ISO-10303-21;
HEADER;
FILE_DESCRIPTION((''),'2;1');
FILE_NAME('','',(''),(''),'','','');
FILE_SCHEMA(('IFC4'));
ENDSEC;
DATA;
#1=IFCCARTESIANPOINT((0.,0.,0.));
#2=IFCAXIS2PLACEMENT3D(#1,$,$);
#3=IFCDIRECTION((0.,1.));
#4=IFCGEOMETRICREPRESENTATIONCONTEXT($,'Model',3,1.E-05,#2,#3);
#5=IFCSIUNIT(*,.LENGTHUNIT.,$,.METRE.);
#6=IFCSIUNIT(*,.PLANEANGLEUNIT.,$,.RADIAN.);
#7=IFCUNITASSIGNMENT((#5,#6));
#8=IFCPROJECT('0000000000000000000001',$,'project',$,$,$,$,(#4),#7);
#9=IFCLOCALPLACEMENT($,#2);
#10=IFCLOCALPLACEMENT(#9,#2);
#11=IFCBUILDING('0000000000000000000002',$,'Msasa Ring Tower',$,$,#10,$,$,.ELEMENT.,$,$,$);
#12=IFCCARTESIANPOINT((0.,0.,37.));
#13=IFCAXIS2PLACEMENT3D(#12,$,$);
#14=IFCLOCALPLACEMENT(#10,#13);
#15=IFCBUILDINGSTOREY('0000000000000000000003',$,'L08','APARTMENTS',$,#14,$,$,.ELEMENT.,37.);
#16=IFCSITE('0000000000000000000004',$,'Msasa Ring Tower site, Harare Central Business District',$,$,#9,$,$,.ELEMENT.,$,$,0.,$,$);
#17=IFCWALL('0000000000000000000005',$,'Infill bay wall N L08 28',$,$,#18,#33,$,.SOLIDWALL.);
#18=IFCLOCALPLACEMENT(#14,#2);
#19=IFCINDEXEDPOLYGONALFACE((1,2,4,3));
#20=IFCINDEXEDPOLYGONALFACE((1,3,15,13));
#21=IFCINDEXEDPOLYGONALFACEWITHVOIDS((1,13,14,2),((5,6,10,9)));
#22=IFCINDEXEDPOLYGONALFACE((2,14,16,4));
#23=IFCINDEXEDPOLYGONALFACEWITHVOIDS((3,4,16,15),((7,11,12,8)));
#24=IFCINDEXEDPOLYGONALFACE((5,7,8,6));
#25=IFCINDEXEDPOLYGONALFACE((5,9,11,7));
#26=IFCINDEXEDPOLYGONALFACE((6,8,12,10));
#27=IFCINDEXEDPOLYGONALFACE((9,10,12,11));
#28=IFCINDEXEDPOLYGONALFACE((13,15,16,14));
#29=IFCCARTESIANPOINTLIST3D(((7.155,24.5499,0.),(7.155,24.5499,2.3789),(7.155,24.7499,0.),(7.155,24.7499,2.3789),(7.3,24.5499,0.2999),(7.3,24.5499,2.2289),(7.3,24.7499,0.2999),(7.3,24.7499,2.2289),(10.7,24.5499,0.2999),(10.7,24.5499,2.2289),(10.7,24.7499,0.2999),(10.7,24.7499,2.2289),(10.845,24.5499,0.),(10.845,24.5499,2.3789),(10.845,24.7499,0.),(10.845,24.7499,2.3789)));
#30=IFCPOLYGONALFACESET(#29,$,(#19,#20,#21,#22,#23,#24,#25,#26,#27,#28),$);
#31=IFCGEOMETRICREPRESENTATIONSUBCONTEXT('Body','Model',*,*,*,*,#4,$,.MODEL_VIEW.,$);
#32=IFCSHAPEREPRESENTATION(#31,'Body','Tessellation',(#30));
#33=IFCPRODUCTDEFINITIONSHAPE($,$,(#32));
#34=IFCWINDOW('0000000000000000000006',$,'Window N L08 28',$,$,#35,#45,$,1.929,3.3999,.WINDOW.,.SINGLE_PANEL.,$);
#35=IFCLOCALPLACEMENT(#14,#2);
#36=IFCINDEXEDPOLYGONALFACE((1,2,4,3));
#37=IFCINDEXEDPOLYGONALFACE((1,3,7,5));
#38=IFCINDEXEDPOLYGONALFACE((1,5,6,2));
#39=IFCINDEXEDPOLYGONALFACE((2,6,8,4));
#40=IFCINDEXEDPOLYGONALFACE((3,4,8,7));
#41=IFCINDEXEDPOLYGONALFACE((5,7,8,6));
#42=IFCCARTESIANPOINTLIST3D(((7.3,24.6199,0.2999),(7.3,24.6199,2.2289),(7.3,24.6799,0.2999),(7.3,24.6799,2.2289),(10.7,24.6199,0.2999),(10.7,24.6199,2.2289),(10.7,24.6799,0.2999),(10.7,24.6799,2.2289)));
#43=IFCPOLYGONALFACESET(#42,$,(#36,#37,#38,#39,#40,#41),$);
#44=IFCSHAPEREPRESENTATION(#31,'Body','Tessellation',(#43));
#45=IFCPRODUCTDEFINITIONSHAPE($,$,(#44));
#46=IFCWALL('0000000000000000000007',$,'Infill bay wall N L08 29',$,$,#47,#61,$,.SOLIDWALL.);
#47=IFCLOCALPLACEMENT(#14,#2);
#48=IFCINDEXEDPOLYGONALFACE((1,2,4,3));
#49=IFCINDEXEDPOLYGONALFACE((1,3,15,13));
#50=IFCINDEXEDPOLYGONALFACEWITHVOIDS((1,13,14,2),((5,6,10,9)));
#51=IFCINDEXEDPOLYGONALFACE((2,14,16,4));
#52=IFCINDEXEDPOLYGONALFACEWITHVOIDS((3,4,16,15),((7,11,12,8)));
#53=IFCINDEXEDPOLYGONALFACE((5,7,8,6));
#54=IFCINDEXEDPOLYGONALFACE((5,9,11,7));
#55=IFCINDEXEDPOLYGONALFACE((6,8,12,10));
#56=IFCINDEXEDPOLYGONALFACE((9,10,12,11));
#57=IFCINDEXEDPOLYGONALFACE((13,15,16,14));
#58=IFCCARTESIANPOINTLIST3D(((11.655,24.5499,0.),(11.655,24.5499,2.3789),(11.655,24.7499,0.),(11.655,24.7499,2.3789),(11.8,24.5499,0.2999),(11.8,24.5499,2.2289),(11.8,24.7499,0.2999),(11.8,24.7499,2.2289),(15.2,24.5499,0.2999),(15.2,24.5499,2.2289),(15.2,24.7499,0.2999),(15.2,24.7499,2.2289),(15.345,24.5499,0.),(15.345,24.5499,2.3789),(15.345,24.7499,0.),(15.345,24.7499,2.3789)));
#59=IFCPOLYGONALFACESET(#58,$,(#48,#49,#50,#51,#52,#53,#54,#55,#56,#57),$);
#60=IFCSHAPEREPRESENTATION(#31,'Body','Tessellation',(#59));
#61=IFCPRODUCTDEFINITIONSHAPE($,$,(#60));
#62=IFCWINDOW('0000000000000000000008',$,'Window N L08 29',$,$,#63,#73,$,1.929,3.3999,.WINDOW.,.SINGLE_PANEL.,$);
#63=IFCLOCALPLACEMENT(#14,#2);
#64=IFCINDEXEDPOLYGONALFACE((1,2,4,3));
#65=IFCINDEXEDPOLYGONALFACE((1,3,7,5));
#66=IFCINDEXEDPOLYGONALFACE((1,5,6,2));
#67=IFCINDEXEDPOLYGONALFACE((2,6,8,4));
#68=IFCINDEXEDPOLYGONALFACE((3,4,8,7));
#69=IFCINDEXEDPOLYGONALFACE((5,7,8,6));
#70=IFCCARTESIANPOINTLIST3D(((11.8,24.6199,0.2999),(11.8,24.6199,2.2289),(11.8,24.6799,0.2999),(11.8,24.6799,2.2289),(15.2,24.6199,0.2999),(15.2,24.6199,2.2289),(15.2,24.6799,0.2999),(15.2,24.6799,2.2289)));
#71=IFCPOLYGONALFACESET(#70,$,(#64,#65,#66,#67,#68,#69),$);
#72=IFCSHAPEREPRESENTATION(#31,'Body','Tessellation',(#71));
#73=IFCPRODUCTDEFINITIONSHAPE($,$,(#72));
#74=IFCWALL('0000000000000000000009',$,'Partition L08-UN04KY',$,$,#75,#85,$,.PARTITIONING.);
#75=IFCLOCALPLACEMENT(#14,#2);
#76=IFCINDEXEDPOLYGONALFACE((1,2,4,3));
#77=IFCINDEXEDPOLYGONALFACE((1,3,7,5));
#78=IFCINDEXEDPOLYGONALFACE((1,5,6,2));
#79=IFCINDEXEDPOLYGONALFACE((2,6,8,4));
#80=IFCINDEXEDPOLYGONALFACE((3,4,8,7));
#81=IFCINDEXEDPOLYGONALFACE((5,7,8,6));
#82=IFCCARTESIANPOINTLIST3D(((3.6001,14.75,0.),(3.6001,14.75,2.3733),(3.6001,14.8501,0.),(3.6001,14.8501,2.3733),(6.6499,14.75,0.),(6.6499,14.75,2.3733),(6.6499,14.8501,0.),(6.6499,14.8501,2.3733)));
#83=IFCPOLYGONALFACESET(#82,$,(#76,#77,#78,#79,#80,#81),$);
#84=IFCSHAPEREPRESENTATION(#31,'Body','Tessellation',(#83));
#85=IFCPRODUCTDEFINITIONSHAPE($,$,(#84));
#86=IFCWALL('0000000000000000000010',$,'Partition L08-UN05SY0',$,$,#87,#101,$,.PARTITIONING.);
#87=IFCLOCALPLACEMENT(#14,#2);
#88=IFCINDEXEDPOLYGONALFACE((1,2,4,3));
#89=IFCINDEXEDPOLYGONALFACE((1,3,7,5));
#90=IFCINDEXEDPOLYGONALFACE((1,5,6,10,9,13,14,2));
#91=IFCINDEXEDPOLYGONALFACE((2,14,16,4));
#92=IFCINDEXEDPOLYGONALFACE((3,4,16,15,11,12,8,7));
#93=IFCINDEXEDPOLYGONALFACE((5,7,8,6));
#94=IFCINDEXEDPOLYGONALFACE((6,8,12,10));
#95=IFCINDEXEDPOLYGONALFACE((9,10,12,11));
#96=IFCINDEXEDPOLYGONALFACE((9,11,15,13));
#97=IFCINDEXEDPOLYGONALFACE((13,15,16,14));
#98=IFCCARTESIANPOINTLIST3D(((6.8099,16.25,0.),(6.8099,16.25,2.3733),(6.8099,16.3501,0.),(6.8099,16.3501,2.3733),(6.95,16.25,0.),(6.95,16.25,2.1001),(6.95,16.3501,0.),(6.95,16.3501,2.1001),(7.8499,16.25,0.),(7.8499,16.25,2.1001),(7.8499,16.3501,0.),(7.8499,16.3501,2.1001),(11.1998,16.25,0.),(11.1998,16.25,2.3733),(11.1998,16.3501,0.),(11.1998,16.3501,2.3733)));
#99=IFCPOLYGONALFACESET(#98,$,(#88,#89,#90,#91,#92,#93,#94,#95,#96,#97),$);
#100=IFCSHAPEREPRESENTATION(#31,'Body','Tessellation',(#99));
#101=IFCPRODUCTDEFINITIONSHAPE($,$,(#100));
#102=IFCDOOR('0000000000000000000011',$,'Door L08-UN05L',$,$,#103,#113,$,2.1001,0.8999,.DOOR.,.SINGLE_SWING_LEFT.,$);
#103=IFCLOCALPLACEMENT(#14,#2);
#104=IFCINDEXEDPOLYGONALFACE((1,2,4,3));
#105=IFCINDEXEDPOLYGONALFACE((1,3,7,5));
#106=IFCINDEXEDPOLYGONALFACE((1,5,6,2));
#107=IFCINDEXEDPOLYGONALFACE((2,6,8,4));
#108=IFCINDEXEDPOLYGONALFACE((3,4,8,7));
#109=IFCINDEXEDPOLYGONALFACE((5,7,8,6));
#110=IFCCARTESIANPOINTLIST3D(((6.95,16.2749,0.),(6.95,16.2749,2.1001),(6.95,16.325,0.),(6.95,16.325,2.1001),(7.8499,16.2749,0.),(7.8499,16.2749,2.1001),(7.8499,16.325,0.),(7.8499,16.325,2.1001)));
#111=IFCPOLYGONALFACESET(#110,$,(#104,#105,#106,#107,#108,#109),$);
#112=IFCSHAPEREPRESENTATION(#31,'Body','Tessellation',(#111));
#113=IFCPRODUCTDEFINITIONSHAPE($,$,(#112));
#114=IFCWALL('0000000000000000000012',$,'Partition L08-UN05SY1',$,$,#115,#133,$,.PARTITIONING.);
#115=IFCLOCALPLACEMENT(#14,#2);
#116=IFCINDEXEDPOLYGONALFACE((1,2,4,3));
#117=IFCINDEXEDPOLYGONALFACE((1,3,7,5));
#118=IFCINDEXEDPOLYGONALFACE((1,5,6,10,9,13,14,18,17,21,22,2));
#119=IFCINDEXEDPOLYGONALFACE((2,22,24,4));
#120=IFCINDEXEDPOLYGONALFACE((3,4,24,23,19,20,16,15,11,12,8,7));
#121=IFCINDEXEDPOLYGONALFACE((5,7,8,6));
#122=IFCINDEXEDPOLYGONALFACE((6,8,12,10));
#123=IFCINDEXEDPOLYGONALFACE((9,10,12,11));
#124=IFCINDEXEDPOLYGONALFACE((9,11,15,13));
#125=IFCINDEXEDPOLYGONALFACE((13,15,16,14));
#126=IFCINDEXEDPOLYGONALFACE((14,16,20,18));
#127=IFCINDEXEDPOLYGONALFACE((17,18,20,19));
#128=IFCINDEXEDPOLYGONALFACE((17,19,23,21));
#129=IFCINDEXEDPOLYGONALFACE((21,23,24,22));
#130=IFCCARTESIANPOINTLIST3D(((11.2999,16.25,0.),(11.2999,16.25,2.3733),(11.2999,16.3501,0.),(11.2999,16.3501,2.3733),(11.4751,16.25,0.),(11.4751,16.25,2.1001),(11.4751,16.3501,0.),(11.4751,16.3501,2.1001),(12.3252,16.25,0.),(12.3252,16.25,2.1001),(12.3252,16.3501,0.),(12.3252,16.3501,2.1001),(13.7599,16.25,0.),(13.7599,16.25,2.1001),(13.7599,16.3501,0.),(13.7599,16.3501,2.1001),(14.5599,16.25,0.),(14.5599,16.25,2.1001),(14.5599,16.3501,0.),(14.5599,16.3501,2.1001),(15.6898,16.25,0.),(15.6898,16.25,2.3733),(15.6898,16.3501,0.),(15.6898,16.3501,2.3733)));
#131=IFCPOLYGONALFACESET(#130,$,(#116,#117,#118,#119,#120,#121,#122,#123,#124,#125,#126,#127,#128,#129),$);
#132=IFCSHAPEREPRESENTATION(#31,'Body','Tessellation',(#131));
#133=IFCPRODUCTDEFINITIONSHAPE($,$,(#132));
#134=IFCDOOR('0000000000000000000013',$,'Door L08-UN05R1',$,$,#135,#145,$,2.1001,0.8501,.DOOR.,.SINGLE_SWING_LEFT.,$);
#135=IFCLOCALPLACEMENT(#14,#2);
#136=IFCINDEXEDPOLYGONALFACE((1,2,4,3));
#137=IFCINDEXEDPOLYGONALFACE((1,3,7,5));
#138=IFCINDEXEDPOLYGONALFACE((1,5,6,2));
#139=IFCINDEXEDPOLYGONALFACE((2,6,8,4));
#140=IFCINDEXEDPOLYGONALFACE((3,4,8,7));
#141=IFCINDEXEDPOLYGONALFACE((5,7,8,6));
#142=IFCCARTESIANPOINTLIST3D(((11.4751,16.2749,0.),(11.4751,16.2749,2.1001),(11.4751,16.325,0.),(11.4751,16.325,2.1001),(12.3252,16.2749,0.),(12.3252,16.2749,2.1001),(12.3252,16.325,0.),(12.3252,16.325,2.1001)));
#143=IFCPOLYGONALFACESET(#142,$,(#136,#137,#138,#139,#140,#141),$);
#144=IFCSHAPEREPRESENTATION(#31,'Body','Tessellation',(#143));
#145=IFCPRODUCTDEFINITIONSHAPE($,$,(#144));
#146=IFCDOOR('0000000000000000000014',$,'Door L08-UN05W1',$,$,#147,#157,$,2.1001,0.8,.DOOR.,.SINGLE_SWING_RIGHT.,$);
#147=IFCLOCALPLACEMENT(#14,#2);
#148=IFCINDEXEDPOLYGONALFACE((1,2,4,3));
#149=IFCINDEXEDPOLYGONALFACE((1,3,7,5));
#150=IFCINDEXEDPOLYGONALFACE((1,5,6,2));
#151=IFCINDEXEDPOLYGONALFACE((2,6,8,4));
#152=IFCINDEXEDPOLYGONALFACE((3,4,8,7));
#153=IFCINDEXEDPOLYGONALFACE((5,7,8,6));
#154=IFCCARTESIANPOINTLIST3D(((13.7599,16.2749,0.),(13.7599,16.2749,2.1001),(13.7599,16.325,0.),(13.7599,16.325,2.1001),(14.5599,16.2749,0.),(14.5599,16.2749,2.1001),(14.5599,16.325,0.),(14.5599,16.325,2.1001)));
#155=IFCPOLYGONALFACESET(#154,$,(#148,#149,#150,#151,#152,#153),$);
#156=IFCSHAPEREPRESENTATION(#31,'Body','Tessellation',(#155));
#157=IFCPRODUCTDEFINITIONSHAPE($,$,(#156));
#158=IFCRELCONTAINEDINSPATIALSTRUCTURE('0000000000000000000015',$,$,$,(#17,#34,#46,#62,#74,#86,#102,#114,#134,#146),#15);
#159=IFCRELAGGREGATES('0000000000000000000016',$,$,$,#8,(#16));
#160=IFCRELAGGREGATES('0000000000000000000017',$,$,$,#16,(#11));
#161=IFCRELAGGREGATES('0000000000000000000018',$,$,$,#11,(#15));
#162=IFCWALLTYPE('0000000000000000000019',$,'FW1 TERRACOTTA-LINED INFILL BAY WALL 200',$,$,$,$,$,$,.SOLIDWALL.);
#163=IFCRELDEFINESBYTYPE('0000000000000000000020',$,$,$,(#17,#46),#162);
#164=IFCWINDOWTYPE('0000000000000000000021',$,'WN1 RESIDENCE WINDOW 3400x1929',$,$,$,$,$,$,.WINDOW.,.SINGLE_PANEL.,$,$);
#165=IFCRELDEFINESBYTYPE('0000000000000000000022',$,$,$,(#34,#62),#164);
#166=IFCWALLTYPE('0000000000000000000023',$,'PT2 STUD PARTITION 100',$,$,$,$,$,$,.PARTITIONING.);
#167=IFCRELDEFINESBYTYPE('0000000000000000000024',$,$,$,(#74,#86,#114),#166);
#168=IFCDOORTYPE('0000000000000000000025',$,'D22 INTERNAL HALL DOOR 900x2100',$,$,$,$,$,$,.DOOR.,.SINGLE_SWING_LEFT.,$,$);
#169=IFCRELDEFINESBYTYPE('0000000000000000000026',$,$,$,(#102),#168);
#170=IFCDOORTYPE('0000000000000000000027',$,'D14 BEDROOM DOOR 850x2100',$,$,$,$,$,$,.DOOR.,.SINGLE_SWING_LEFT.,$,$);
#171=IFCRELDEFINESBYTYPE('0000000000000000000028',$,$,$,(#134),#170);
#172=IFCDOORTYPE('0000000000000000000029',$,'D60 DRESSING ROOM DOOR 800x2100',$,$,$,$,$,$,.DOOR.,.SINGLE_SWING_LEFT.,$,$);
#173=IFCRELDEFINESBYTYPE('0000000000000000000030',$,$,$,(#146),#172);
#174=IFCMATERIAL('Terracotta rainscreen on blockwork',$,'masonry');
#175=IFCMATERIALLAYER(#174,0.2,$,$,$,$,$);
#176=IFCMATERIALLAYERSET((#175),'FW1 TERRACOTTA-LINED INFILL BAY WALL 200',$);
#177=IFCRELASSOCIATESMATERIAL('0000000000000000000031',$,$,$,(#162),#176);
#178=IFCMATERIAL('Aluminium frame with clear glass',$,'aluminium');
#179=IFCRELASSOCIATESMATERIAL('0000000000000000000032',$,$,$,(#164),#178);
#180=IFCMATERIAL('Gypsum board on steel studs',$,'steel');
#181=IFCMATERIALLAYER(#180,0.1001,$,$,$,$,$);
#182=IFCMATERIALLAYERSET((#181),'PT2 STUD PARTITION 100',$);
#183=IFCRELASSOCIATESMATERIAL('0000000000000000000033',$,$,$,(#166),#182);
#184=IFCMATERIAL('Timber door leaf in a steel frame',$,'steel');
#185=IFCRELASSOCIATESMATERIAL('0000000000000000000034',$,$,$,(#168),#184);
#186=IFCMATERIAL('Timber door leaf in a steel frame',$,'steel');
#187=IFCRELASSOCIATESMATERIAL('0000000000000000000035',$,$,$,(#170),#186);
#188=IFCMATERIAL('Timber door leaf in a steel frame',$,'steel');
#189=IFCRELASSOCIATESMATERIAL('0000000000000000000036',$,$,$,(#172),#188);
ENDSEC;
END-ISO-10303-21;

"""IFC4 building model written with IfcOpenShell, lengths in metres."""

from ifc_helpers import new_model, si_unit, direction, frame, frame_2d, origin, place, context, subcontext, project, spatial, rectangle, extrude, material, layer, layer_set, type_object, element, fill, save


model = new_model("IFC4")

# Units and contexts
model_context = context("Model", 3, precision=1e-05, world=origin(), true_north=direction((0.0, 1.0)))
body_context = subcontext(model_context, "Body", "Model", "MODEL_VIEW")
ifc_project = project(units=[si_unit("LENGTHUNIT", "METRE"), si_unit("PLANEANGLEUNIT", "RADIAN")], contexts=[model_context])

# Site, building, storey
site_placement = place(None, origin())
site = spatial("IfcSite", under=ifc_project, at=site_placement, Name="Msasa Ring Tower site, Harare Central Business District", CompositionType="ELEMENT", RefElevation=0.0)
building_placement = place(site_placement, origin())
building = spatial("IfcBuilding", under=site, at=building_placement, Name="Msasa Ring Tower", CompositionType="ELEMENT")
storey_placement = place(building_placement, frame((0.0, 0.0, 37.0)))
storey = spatial("IfcBuildingStorey", under=building, at=storey_placement, Name="L08", Description="APARTMENTS", CompositionType="ELEMENT", Elevation=37.0)

# Walls, openings, windows
ifc_material_1 = material(Name="Terracotta rainscreen on blockwork", Category="masonry")
ifc_layer_1 = layer(ifc_material_1, 0.2)
ifc_layer_set_1 = layer_set([ifc_layer_1], Name="FW1 TERRACOTTA-LINED INFILL BAY WALL 200")
wall_type_1 = type_object("IfcWallType", Name="FW1 TERRACOTTA-LINED INFILL BAY WALL 200", PredefinedType="SOLIDWALL", material=ifc_layer_set_1)
ifc_material_2 = material(Name="Aluminium frame with clear glass", Category="aluminium")
window_type = type_object("IfcWindowType", Name="WN1 RESIDENCE WINDOW 3400x1929", PartitioningType="SINGLE_PANEL", PredefinedType="WINDOW", material=ifc_material_2)
wall_1_placement = place(storey_placement, frame((7.155, 24.6499, 0.0), z_axis=(0.0, 0.0, 1.0), x_axis=(1.0, 0.0, 0.0)))
wall_1 = element("IfcWall", 1, at=wall_1_placement, inside=storey, type_object=wall_type_1, Name="Infill bay wall N L08 28", PredefinedType="SOLIDWALL", context=body_context, shape_type="SweptSolid", body=[
    extrude(rectangle(XDim=3.6899, YDim=0.2, at=frame_2d((1.845, 0.0))), origin(), (0.0, 0.0, 1.0), 2.3789),
])
opening_1_placement = place(wall_1_placement, frame((0.145, 0.0, 0.3)))
opening_1 = element("IfcOpeningElement", 2, at=opening_1_placement, cuts=wall_1, PredefinedType="OPENING", context=body_context, shape_type="SweptSolid", body=[
    extrude(rectangle(XDim=3.3999, YDim=1.929, at=frame_2d((1.7, 0.9644))), frame((0.0, 0.1099, 0.0), z_axis=(0.0, -1.0, 0.0), x_axis=(1.0, 0.0, 0.0)), (0.0, 0.0, 1.0), 0.22),
])
window_1_placement = place(opening_1_placement, origin())
window_1 = element("IfcWindow", 3, at=window_1_placement, inside=storey, type_object=window_type, Name="Window N L08 28", OverallHeight=1.929, OverallWidth=3.3999, PartitioningType="SINGLE_PANEL", PredefinedType="WINDOW", context=body_context, shape_type="SweptSolid", body=[
    extrude(rectangle(XDim=3.3999, YDim=1.929, at=frame_2d((1.7, 0.9644))), frame((0.0, 0.03, 0.0), z_axis=(0.0, -1.0, 0.0), x_axis=(1.0, 0.0, 0.0)), (0.0, 0.0, 1.0), 0.0601),
])
fill(opening_1, window_1)
wall_2_placement = place(storey_placement, frame((11.655, 24.6499, 0.0), z_axis=(0.0, 0.0, 1.0), x_axis=(1.0, 0.0, 0.0)))
wall_2 = element("IfcWall", 4, at=wall_2_placement, inside=storey, type_object=wall_type_1, Name="Infill bay wall N L08 29", PredefinedType="SOLIDWALL", context=body_context, shape_type="SweptSolid", body=[
    extrude(rectangle(XDim=3.6899, YDim=0.2, at=frame_2d((1.845, 0.0))), origin(), (0.0, 0.0, 1.0), 2.3789),
])
opening_2_placement = place(wall_2_placement, frame((0.145, 0.0, 0.3)))
opening_2 = element("IfcOpeningElement", 5, at=opening_2_placement, cuts=wall_2, PredefinedType="OPENING", context=body_context, shape_type="SweptSolid", body=[
    extrude(rectangle(XDim=3.3999, YDim=1.929, at=frame_2d((1.7, 0.9644))), frame((0.0, 0.1099, 0.0), z_axis=(0.0, -1.0, 0.0), x_axis=(1.0, 0.0, 0.0)), (0.0, 0.0, 1.0), 0.22),
])
window_2_placement = place(opening_2_placement, origin())
window_2 = element("IfcWindow", 6, at=window_2_placement, inside=storey, type_object=window_type, Name="Window N L08 29", OverallHeight=1.929, OverallWidth=3.3999, PartitioningType="SINGLE_PANEL", PredefinedType="WINDOW", context=body_context, shape_type="SweptSolid", body=[
    extrude(rectangle(XDim=3.3999, YDim=1.929, at=frame_2d((1.7, 0.9644))), frame((0.0, 0.03, 0.0), z_axis=(0.0, -1.0, 0.0), x_axis=(1.0, 0.0, 0.0)), (0.0, 0.0, 1.0), 0.0601),
])
fill(opening_2, window_2)

# Wall
ifc_material_3 = material(Name="Gypsum board on steel studs", Category="steel")
ifc_layer_2 = layer(ifc_material_3, 0.1001)
ifc_layer_set_2 = layer_set([ifc_layer_2], Name="PT2 STUD PARTITION 100")
wall_type_2 = type_object("IfcWallType", Name="PT2 STUD PARTITION 100", PredefinedType="PARTITIONING", material=ifc_layer_set_2)
wall_3_placement = place(storey_placement, frame((3.6001, 14.8, 0.0), z_axis=(0.0, 0.0, 1.0), x_axis=(1.0, 0.0, 0.0)))
element("IfcWall", 7, at=wall_3_placement, inside=storey, type_object=wall_type_2, Name="Partition L08-UN04KY", PredefinedType="PARTITIONING", context=body_context, shape_type="SweptSolid", body=[
    extrude(rectangle(XDim=3.0498, YDim=0.1001, at=frame_2d((1.5249, 0.0))), origin(), (0.0, 0.0, 1.0), 2.3733),
])

# Wall, opening, door
wall_4_placement = place(storey_placement, frame((6.8101, 16.3, 0.0), z_axis=(0.0, 0.0, 1.0), x_axis=(1.0, 0.0, 0.0)))
wall_4 = element("IfcWall", 8, at=wall_4_placement, inside=storey, type_object=wall_type_2, Name="Partition L08-UN05SY0", PredefinedType="PARTITIONING", context=body_context, shape_type="SweptSolid", body=[
    extrude(rectangle(XDim=4.3899, YDim=0.1001, at=frame_2d((2.1948, 0.0))), origin(), (0.0, 0.0, 1.0), 2.3733),
])
opening_3_placement = place(wall_4_placement, frame((0.1399, 0.0, 0.0)))
opening_3 = element("IfcOpeningElement", 9, at=opening_3_placement, cuts=wall_4, PredefinedType="OPENING", context=body_context, shape_type="SweptSolid", body=[
    extrude(rectangle(XDim=0.8999, YDim=2.1001, at=frame_2d((0.45, 1.05))), frame((0.0, 0.0601, 0.0), z_axis=(0.0, -1.0, 0.0), x_axis=(1.0, 0.0, 0.0)), (0.0, 0.0, 1.0), 0.1201),
])
ifc_material_4 = material(Name="Timber door leaf in a steel frame", Category="steel")
door_type_1 = type_object("IfcDoorType", Name="D22 INTERNAL HALL DOOR 900x2100", OperationType="SINGLE_SWING_LEFT", PredefinedType="DOOR", material=ifc_material_4)
door_1_placement = place(opening_3_placement, origin())
door_1 = element("IfcDoor", 10, at=door_1_placement, inside=storey, type_object=door_type_1, Name="Door L08-UN05L", OperationType="SINGLE_SWING_LEFT", OverallHeight=2.1001, OverallWidth=0.8999, PredefinedType="DOOR", context=body_context, shape_type="SweptSolid", body=[
    extrude(rectangle(XDim=0.8999, YDim=2.1001, at=frame_2d((0.45, 1.05))), frame((0.0, 0.0249, 0.0), z_axis=(0.0, -1.0, 0.0), x_axis=(1.0, 0.0, 0.0)), (0.0, 0.0, 1.0), 0.05),
])
fill(opening_3, door_1)

# Wall, openings, doors
wall_5_placement = place(storey_placement, frame((11.3, 16.3, 0.0), z_axis=(0.0, 0.0, 1.0), x_axis=(1.0, 0.0, 0.0)))
wall_5 = element("IfcWall", 11, at=wall_5_placement, inside=storey, type_object=wall_type_2, Name="Partition L08-UN05SY1", PredefinedType="PARTITIONING", context=body_context, shape_type="SweptSolid", body=[
    extrude(rectangle(XDim=4.3899, YDim=0.1001, at=frame_2d((2.1948, 0.0))), origin(), (0.0, 0.0, 1.0), 2.3733),
])
opening_4_placement = place(wall_5_placement, frame((0.175, 0.0, 0.0)))
opening_4 = element("IfcOpeningElement", 12, at=opening_4_placement, cuts=wall_5, PredefinedType="OPENING", context=body_context, shape_type="SweptSolid", body=[
    extrude(rectangle(XDim=0.8501, YDim=2.1001, at=frame_2d((0.425, 1.05))), frame((0.0, 0.0601, 0.0), z_axis=(0.0, -1.0, 0.0), x_axis=(1.0, 0.0, 0.0)), (0.0, 0.0, 1.0), 0.1201),
])
opening_5_placement = place(wall_5_placement, frame((2.46, 0.0, 0.0)))
opening_5 = element("IfcOpeningElement", 13, at=opening_5_placement, cuts=wall_5, PredefinedType="OPENING", context=body_context, shape_type="SweptSolid", body=[
    extrude(rectangle(XDim=0.8, YDim=2.1001, at=frame_2d((0.3999, 1.05))), frame((0.0, 0.0601, 0.0), z_axis=(0.0, -1.0, 0.0), x_axis=(1.0, 0.0, 0.0)), (0.0, 0.0, 1.0), 0.1201),
])
ifc_material_5 = material(Name="Timber door leaf in a steel frame", Category="steel")
door_type_2 = type_object("IfcDoorType", Name="D14 BEDROOM DOOR 850x2100", OperationType="SINGLE_SWING_LEFT", PredefinedType="DOOR", material=ifc_material_5)
door_2_placement = place(opening_4_placement, origin())
door_2 = element("IfcDoor", 14, at=door_2_placement, inside=storey, type_object=door_type_2, Name="Door L08-UN05R1", OperationType="SINGLE_SWING_LEFT", OverallHeight=2.1001, OverallWidth=0.8501, PredefinedType="DOOR", context=body_context, shape_type="SweptSolid", body=[
    extrude(rectangle(XDim=0.8501, YDim=2.1001, at=frame_2d((0.425, 1.05))), frame((0.0, 0.0249, 0.0), z_axis=(0.0, -1.0, 0.0), x_axis=(1.0, 0.0, 0.0)), (0.0, 0.0, 1.0), 0.05),
])
fill(opening_4, door_2)
ifc_material_6 = material(Name="Timber door leaf in a steel frame", Category="steel")
door_type_3 = type_object("IfcDoorType", Name="D60 DRESSING ROOM DOOR 800x2100", OperationType="SINGLE_SWING_LEFT", PredefinedType="DOOR", material=ifc_material_6)
door_3_placement = place(opening_5_placement, origin())
door_3 = element("IfcDoor", 15, at=door_3_placement, inside=storey, type_object=door_type_3, Name="Door L08-UN05W1", OperationType="SINGLE_SWING_RIGHT", OverallHeight=2.1001, OverallWidth=0.8, PredefinedType="DOOR", context=body_context, shape_type="SweptSolid", body=[
    extrude(rectangle(XDim=0.8, YDim=2.1001, at=frame_2d((0.3999, 1.05))), frame((0.0, 0.0249, 0.0), z_axis=(0.0, -1.0, 0.0), x_axis=(1.0, 0.0, 0.0)), (0.0, 0.0, 1.0), 0.05),
])
fill(opening_5, door_3)

save(model, "model.ifc")
